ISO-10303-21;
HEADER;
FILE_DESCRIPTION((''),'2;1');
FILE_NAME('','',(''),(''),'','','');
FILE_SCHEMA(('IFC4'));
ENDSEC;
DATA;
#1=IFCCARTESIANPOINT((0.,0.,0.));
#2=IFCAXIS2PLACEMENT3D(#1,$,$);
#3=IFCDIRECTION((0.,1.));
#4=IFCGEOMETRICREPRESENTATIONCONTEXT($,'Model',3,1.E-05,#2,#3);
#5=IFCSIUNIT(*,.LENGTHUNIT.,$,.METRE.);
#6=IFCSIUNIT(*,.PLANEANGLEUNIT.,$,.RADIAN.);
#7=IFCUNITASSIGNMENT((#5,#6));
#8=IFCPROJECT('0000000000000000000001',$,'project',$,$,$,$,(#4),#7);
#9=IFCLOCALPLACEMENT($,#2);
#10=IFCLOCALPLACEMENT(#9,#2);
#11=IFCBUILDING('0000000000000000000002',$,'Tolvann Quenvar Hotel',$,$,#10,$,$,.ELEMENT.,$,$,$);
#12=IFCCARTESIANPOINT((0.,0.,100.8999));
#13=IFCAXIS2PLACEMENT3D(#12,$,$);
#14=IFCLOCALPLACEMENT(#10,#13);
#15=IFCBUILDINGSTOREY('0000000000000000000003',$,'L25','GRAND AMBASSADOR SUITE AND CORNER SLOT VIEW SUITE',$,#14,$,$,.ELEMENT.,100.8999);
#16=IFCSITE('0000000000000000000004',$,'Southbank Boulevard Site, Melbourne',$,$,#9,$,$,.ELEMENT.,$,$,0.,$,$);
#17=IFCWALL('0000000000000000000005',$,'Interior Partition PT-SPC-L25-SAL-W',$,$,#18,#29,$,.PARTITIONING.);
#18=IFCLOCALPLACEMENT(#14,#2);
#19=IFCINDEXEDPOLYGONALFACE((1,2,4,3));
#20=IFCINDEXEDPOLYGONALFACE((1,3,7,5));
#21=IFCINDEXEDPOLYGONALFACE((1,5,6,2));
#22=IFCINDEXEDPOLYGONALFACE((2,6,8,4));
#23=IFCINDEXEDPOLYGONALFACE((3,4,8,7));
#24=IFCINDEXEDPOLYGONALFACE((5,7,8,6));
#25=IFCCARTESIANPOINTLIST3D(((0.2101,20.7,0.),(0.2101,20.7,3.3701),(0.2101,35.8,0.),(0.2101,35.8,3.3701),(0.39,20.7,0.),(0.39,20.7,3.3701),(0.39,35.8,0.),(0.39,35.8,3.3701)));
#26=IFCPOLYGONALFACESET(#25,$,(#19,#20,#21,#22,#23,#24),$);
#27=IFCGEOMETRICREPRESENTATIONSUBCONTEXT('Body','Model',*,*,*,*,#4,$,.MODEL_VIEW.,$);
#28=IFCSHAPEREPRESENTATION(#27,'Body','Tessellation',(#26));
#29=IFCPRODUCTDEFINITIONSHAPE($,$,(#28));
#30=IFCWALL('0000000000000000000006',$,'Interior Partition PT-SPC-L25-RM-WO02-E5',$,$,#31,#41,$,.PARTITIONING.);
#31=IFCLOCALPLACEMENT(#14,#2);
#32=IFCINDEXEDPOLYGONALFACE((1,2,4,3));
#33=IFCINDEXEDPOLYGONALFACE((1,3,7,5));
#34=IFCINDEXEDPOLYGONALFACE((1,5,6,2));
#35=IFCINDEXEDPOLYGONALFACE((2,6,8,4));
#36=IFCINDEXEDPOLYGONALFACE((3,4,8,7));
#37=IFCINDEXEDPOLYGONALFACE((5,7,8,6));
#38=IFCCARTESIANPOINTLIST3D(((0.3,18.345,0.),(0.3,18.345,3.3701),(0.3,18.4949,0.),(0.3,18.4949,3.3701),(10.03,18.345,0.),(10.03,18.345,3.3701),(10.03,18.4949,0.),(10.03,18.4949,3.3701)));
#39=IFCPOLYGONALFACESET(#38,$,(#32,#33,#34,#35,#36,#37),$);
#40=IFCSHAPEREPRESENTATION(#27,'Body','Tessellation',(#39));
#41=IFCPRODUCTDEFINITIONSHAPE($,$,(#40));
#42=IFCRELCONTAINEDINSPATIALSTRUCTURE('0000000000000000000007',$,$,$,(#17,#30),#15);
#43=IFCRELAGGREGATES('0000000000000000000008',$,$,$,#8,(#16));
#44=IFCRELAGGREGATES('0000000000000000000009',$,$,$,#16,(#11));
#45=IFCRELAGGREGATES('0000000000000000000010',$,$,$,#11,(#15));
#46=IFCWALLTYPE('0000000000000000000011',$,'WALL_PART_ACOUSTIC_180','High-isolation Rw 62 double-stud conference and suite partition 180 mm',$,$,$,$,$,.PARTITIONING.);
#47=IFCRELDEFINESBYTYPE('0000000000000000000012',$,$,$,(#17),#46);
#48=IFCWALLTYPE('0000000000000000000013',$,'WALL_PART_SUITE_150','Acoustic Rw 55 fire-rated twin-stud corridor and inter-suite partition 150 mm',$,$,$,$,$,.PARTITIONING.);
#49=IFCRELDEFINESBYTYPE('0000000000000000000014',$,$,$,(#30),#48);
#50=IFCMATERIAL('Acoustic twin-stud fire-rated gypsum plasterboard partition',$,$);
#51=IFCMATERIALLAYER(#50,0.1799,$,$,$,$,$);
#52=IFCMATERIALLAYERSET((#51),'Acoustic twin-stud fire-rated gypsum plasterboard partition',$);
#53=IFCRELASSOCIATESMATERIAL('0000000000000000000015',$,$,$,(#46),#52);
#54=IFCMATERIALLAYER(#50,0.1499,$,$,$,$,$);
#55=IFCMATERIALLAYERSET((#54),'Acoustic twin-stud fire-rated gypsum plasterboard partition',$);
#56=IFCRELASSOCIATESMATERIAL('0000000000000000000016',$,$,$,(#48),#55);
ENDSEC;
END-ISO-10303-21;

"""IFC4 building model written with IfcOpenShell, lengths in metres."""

from ifc_helpers import new_model, si_unit, direction, frame, frame_2d, origin, place, context, subcontext, project, spatial, rectangle, extrude, material, layer, layer_set, type_object, element, save


model = new_model("IFC4")

# Units and contexts
model_context = context("Model", 3, precision=1e-05, world=origin(), true_north=direction((0.0, 1.0)))
body_context = subcontext(model_context, "Body", "Model", "MODEL_VIEW")
ifc_project = project(units=[si_unit("LENGTHUNIT", "METRE"), si_unit("PLANEANGLEUNIT", "RADIAN")], contexts=[model_context])

# Site, building, storey
site_placement = place(None, origin())
site = spatial("IfcSite", under=ifc_project, at=site_placement, Name="Southbank Boulevard Site, Melbourne", CompositionType="ELEMENT", RefElevation=0.0)
building_placement = place(site_placement, origin())
building = spatial("IfcBuilding", under=site, at=building_placement, Name="Tolvann Quenvar Hotel", CompositionType="ELEMENT")
storey_placement = place(building_placement, frame((0.0, 0.0, 100.8999)))
storey = spatial("IfcBuildingStorey", under=building, at=storey_placement, Name="L25", Description="GRAND AMBASSADOR SUITE AND CORNER SLOT VIEW SUITE", CompositionType="ELEMENT", Elevation=100.8999)

# Walls
ifc_material_1 = material(Name="Acoustic twin-stud fire-rated gypsum plasterboard partition")
ifc_layer_1 = layer(ifc_material_1, 0.1799)
ifc_layer_set_1 = layer_set([ifc_layer_1], Name="Acoustic twin-stud fire-rated gypsum plasterboard partition")
wall_type_1 = type_object("IfcWallType", Name="WALL_PART_ACOUSTIC_180", Description="High-isolation Rw 62 double-stud conference and suite partition 180 mm", PredefinedType="PARTITIONING", material=ifc_layer_set_1)
wall_1_placement = place(storey_placement, frame((0.3, 20.7, 0.0), z_axis=(0.0, 0.0, 1.0), x_axis=(0.0, 1.0, 0.0)))
element("IfcWall", 1, at=wall_1_placement, inside=storey, type_object=wall_type_1, Name="Interior Partition PT-SPC-L25-SAL-W", PredefinedType="PARTITIONING", context=body_context, shape_type="SweptSolid", body=[
    extrude(rectangle(XDim=15.1001, YDim=0.1799, at=frame_2d((7.55, 0.0))), origin(), (0.0, 0.0, 1.0), 3.3701),
])
ifc_layer_2 = layer(ifc_material_1, 0.1499)
ifc_layer_set_2 = layer_set([ifc_layer_2], Name="Acoustic twin-stud fire-rated gypsum plasterboard partition")
wall_type_2 = type_object("IfcWallType", Name="WALL_PART_SUITE_150", Description="Acoustic Rw 55 fire-rated twin-stud corridor and inter-suite partition 150 mm", PredefinedType="PARTITIONING", material=ifc_layer_set_2)
wall_2_placement = place(storey_placement, frame((0.3, 18.4199, 0.0), z_axis=(0.0, 0.0, 1.0), x_axis=(1.0, 0.0, 0.0)))
element("IfcWall", 2, at=wall_2_placement, inside=storey, type_object=wall_type_2, Name="Interior Partition PT-SPC-L25-RM-WO02-E5", PredefinedType="PARTITIONING", context=body_context, shape_type="SweptSolid", body=[
    extrude(rectangle(XDim=9.73, YDim=0.1499, at=frame_2d((4.865, 0.0))), origin(), (0.0, 0.0, 1.0), 3.3701),
])

save(model, "model.ifc")
